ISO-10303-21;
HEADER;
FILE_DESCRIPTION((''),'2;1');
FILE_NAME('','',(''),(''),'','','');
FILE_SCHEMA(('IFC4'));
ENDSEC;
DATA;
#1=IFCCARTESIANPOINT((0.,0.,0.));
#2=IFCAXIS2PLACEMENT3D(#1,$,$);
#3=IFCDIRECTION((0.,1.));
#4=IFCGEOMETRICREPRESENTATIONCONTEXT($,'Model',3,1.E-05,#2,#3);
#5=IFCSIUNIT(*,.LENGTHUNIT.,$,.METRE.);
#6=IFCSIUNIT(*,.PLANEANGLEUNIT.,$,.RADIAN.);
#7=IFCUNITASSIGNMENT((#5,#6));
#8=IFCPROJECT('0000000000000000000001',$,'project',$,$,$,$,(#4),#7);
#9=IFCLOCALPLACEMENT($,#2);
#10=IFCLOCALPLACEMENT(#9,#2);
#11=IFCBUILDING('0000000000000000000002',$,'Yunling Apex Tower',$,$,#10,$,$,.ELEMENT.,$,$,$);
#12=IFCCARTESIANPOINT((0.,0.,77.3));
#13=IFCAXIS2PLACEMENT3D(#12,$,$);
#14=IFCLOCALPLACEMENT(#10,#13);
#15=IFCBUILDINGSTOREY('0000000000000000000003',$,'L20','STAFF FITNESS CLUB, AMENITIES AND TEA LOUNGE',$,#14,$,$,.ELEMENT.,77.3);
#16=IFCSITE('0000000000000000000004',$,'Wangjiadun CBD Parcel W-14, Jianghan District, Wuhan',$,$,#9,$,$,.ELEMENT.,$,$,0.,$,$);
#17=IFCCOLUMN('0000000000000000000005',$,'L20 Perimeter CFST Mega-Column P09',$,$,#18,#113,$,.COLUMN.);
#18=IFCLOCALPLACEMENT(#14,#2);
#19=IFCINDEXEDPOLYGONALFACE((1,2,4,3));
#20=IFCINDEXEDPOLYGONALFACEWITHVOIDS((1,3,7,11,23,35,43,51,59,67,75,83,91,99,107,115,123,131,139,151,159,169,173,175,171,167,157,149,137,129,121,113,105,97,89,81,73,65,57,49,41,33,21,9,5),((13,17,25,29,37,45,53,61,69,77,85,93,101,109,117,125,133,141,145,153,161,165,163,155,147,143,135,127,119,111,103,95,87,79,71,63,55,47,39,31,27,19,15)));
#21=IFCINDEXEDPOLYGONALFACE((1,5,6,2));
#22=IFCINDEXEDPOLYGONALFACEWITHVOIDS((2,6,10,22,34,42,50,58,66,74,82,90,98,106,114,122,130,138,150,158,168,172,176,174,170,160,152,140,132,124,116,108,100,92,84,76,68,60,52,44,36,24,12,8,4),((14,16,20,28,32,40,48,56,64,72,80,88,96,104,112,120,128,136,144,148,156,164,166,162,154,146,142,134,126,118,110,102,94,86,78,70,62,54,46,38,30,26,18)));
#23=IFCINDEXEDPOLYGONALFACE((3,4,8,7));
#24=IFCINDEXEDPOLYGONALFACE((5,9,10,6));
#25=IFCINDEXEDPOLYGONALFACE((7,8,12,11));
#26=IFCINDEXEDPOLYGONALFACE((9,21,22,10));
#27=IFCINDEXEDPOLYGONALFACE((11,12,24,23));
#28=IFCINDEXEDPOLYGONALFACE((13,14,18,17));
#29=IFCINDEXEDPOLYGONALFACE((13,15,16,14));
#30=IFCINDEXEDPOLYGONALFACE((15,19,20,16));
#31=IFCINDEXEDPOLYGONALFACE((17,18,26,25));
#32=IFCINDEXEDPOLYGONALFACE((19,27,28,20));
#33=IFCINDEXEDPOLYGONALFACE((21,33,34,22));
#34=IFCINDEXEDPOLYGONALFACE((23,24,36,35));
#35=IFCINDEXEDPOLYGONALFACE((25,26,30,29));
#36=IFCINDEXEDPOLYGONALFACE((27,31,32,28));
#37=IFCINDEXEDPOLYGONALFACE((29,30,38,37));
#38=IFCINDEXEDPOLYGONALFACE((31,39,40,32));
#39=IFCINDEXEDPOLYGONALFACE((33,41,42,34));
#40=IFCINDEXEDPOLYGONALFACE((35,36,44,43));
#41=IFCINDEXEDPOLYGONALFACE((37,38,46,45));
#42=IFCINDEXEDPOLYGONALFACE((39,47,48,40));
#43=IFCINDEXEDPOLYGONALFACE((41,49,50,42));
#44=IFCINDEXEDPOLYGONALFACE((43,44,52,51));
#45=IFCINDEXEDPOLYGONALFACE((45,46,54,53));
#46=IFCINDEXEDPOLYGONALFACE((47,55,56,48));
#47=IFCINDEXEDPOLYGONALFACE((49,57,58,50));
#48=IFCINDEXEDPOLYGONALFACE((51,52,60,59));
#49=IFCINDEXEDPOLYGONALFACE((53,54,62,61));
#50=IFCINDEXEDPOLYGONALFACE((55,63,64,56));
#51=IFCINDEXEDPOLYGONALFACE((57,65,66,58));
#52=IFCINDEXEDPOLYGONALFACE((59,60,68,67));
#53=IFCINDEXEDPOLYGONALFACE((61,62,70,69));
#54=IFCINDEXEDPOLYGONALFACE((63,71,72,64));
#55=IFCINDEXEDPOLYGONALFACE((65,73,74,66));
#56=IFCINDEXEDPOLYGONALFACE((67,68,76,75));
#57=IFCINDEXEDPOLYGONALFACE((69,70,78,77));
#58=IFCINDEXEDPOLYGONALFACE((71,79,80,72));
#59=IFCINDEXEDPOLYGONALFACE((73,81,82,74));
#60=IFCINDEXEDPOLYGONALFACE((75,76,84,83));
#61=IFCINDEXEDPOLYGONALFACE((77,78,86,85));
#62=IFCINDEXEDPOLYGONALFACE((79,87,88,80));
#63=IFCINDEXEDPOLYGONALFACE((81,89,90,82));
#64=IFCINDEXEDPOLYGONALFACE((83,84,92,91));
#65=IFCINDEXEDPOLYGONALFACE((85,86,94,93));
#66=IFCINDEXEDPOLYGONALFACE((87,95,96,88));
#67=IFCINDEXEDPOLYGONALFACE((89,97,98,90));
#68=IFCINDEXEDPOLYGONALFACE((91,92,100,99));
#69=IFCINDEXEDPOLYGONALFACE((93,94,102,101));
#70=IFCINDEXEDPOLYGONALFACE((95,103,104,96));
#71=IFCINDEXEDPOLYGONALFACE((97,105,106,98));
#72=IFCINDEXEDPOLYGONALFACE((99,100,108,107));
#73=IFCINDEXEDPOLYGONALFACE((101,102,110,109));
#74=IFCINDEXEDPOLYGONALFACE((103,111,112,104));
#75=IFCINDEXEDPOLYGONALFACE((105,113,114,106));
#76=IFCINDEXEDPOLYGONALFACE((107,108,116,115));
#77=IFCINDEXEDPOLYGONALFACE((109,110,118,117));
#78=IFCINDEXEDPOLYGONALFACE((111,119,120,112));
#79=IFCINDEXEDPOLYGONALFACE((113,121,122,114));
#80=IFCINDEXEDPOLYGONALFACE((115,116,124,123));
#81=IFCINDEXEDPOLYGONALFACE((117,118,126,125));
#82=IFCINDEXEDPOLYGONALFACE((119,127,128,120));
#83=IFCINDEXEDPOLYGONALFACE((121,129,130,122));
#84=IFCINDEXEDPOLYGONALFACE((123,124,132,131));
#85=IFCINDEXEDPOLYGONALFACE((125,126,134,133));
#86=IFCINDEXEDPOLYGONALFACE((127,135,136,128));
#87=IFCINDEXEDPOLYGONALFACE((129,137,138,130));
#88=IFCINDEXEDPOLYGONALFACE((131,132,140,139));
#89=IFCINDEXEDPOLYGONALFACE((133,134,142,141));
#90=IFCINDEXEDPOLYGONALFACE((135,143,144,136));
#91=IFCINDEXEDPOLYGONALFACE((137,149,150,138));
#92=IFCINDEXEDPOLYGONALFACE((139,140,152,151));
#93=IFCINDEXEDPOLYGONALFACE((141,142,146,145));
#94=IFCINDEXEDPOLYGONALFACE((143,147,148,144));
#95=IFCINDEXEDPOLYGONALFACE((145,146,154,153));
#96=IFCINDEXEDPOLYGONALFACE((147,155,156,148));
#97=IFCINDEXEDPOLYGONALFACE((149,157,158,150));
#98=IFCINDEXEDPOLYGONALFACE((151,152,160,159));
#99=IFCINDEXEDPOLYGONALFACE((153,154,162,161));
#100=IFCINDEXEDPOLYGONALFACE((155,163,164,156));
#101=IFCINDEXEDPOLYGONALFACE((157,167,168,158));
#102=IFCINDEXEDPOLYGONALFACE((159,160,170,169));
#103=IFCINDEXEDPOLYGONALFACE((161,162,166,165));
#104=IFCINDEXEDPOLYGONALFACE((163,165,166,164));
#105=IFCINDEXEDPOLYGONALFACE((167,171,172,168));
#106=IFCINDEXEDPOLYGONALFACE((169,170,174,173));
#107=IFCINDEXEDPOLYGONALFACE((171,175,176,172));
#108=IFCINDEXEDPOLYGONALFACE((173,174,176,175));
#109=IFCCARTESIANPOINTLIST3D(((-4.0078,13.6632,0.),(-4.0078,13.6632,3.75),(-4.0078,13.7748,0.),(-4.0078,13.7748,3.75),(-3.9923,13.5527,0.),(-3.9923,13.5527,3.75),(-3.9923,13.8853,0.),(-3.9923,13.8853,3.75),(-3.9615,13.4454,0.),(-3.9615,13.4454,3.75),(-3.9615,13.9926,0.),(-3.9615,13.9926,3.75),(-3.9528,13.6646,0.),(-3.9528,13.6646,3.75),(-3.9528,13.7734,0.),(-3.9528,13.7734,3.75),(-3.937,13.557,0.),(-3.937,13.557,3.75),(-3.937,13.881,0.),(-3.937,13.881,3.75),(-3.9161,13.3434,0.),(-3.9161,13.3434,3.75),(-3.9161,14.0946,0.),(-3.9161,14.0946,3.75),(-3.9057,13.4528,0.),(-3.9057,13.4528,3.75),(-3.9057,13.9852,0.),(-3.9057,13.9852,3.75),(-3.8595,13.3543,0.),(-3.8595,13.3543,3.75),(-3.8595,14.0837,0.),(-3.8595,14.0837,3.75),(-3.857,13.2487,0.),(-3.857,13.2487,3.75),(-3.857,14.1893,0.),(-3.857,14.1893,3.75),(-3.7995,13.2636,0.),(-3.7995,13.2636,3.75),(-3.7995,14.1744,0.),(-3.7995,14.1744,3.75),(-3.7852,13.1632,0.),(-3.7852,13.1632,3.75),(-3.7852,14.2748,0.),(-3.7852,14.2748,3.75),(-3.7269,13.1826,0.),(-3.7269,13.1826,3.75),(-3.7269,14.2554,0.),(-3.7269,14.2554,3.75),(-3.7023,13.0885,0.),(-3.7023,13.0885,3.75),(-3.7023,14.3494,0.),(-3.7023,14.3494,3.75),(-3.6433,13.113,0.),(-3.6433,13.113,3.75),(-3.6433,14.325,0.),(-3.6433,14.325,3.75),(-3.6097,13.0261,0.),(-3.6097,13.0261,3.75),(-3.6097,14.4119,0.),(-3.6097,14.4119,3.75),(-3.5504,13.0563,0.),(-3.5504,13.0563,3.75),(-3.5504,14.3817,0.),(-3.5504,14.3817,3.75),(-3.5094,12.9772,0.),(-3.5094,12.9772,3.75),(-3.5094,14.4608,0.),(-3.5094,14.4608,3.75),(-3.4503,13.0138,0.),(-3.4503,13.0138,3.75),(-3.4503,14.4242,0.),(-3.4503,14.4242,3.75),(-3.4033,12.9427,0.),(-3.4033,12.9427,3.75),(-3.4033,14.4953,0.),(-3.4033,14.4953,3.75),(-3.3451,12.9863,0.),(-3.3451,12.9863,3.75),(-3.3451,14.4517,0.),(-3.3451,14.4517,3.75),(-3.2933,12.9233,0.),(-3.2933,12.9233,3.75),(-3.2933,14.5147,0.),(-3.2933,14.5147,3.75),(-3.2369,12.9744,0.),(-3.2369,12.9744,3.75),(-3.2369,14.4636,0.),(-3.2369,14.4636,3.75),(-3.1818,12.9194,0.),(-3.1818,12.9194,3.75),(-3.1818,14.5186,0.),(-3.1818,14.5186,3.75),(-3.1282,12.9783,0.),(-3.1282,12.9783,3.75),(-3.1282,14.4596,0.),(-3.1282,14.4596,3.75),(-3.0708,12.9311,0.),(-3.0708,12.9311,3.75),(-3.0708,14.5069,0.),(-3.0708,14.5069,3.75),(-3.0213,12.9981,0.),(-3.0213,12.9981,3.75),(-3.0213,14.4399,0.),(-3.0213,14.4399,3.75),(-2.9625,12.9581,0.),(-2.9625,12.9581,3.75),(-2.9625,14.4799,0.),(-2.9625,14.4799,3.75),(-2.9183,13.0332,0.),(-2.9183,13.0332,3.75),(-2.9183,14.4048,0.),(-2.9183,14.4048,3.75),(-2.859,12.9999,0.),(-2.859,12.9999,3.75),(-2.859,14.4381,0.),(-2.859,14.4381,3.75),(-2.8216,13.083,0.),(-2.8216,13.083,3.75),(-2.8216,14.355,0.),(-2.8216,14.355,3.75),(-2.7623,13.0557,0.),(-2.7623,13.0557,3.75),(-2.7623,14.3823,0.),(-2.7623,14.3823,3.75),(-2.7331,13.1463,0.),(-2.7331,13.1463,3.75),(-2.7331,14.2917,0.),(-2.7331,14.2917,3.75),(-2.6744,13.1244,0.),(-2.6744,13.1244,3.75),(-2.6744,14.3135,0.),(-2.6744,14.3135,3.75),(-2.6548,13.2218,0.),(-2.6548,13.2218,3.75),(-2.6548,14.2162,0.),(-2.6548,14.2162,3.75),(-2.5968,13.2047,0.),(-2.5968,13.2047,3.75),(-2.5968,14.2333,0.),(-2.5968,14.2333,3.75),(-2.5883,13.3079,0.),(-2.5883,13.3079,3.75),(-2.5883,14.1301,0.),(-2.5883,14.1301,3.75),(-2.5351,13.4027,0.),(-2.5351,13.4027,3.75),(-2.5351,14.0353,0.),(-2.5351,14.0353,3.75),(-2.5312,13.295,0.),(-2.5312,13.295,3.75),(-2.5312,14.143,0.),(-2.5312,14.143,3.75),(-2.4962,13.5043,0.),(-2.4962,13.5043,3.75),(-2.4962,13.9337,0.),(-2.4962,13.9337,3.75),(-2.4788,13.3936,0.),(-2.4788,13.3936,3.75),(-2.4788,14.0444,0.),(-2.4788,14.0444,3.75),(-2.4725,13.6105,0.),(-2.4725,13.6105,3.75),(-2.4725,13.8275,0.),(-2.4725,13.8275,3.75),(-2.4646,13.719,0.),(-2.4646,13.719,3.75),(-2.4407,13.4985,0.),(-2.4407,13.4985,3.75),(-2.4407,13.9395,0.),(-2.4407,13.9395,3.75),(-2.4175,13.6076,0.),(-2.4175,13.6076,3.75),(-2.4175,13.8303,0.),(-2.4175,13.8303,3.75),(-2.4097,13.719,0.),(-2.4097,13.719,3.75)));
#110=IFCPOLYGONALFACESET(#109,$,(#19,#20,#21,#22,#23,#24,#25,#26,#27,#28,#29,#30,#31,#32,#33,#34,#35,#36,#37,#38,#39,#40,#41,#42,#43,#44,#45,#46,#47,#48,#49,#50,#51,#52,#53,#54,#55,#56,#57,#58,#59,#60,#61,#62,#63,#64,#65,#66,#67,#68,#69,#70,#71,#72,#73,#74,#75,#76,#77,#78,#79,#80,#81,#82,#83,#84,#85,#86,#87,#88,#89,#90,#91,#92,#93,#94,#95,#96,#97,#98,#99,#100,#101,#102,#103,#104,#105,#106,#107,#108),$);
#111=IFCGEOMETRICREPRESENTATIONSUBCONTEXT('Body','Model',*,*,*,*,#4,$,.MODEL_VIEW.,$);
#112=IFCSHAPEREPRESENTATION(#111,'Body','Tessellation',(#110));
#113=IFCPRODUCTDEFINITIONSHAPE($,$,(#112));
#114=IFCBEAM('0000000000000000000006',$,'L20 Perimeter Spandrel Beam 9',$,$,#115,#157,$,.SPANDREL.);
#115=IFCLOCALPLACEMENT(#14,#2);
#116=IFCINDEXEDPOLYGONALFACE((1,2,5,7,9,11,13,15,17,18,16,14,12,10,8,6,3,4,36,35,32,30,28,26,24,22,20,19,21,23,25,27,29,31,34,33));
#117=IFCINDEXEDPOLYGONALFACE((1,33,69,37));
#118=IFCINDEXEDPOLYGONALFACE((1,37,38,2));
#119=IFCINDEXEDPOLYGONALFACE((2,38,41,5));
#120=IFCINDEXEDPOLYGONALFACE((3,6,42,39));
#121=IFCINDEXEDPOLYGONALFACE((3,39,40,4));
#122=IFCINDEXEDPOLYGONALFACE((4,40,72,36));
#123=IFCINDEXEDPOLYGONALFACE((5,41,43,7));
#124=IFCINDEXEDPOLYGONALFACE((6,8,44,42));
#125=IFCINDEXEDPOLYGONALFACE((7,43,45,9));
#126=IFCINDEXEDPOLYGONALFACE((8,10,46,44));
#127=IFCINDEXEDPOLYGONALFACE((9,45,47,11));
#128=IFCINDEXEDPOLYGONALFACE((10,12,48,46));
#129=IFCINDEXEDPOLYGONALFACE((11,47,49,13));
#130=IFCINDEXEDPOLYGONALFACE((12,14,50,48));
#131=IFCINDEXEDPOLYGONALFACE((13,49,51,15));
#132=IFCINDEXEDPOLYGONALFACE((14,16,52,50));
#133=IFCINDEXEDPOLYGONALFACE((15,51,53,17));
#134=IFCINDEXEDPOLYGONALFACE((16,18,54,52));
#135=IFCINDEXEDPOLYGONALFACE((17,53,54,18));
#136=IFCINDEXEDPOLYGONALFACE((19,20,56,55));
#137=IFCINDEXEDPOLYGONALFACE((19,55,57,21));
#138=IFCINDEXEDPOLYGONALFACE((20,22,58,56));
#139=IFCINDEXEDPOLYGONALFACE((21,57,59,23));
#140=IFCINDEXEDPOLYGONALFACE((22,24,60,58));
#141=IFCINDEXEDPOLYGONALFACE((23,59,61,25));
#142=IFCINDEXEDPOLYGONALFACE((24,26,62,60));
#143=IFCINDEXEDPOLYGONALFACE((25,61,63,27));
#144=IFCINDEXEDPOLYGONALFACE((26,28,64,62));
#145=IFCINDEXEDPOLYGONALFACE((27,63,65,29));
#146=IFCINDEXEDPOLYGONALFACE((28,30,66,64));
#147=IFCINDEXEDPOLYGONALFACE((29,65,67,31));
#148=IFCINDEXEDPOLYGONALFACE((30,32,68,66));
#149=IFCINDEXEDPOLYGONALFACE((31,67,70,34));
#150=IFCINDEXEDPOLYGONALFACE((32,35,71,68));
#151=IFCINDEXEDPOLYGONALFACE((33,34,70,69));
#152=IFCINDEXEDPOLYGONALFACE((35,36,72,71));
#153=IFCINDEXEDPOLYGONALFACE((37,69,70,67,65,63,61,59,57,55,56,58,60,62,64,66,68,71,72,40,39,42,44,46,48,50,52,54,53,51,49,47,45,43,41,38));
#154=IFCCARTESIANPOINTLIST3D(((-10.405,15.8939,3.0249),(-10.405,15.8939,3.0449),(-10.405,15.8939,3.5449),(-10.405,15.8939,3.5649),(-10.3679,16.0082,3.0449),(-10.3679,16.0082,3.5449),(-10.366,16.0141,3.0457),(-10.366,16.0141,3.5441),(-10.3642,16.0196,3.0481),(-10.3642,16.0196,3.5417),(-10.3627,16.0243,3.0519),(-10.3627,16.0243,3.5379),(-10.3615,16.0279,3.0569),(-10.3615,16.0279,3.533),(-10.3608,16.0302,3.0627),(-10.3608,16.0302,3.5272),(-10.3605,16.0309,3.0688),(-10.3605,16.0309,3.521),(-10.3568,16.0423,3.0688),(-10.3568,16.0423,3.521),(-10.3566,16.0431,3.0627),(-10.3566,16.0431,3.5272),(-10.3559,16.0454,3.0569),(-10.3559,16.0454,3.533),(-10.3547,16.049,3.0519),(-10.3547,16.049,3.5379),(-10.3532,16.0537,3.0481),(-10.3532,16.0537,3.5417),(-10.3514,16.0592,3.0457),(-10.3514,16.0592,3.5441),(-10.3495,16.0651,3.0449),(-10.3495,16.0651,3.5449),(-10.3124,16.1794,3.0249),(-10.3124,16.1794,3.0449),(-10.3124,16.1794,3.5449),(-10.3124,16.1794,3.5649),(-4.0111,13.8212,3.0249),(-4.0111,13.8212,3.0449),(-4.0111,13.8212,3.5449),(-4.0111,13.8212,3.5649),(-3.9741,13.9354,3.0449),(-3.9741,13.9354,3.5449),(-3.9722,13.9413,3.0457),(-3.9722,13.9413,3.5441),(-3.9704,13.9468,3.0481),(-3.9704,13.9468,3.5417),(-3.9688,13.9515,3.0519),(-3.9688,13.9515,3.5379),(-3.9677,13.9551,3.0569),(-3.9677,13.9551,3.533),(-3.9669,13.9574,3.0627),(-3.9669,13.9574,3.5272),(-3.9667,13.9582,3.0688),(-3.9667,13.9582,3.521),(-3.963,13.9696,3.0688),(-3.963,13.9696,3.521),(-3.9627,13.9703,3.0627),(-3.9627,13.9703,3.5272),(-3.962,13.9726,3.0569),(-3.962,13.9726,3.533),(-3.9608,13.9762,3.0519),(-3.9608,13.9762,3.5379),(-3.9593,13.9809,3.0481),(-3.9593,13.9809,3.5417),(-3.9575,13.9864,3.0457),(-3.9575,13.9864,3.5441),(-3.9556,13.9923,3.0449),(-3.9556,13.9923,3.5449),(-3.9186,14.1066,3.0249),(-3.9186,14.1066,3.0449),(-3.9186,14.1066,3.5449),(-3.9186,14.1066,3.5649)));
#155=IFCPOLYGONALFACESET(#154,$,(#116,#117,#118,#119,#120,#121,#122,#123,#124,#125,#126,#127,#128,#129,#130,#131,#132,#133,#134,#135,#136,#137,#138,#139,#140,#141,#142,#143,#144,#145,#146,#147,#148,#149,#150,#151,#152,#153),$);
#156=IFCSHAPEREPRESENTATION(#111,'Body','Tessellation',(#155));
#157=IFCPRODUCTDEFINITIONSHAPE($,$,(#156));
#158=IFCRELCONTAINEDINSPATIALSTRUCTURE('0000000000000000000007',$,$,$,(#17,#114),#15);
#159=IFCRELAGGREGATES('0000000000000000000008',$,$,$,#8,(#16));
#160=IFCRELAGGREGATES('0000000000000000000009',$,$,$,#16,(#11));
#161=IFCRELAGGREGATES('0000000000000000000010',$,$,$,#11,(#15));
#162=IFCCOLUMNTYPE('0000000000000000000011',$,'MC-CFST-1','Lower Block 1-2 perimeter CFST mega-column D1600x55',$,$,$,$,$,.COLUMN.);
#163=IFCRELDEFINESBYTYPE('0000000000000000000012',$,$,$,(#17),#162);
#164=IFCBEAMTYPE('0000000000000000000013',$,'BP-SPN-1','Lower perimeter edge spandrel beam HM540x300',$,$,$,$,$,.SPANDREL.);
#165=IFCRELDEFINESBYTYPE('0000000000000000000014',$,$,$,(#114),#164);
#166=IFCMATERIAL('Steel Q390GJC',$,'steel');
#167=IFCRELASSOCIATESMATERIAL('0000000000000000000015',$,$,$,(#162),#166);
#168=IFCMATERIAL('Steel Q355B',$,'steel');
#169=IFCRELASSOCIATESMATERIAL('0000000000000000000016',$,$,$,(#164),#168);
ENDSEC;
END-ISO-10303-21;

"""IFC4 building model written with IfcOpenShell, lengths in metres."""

from ifc_helpers import new_model, si_unit, direction, frame, origin, origin_2d, place, context, subcontext, project, spatial, hollow_circle, i_section, extrude, source, transform, mapped, material, material_profile, profile_set, type_object, element, save


model = new_model("IFC4")

# Units and contexts
model_context = context("Model", 3, precision=1e-05, world=origin(), true_north=direction((0.0, 1.0)))
body_context = subcontext(model_context, "Body", "Model", "MODEL_VIEW")
ifc_project = project(units=[si_unit("LENGTHUNIT", "METRE"), si_unit("PLANEANGLEUNIT", "RADIAN")], contexts=[model_context])

# Site, building, storey
site_placement = place(None, origin())
site = spatial("IfcSite", under=ifc_project, at=site_placement, Name="Wangjiadun CBD Parcel W-14, Jianghan District, Wuhan", CompositionType="ELEMENT", RefElevation=0.0)
building_placement = place(site_placement, origin())
building = spatial("IfcBuilding", under=site, at=building_placement, Name="Yunling Apex Tower", CompositionType="ELEMENT")
storey_placement = place(building_placement, frame((0.0, 0.0, 77.3)))
storey = spatial("IfcBuildingStorey", under=building, at=storey_placement, Name="L20", Description="STAFF FITNESS CLUB, AMENITIES AND TEA LOUNGE", CompositionType="ELEMENT", Elevation=77.3)

# Column
ifc_material_1 = material(Name="Steel Q390GJC", Category="steel")
ifc_material_profile_1 = material_profile(ifc_material_1, hollow_circle(Radius=0.8, WallThickness=0.0549, at=origin_2d()))
ifc_profile_set_1 = profile_set([ifc_material_profile_1], Name="Steel Q390GJC")
column_type = type_object("IfcColumnType", Name="MC-CFST-1", Description="Lower Block 1-2 perimeter CFST mega-column D1600x55", PredefinedType="COLUMN", material=ifc_profile_set_1)
shared_shape_1 = source(origin(), body_context, "Body", "SweptSolid", [
    extrude(hollow_circle(Radius=0.8, WallThickness=0.0549, at=origin_2d()), origin(), (0.0, 0.0, 1.0), 3.75),
])
column_placement = place(storey_placement, frame((-3.2097, 13.719, 0.0), z_axis=(0.0, 0.0, 1.0), x_axis=(1.0, 0.0, 0.0)))
element("IfcColumn", 1, at=column_placement, inside=storey, type_object=column_type, Name="L20 Perimeter CFST Mega-Column P09", PredefinedType="COLUMN", context=body_context, shape_type="MappedRepresentation", body=[
    mapped(shared_shape_1, transform((0.0, 0.0, 0.0), scale=1.0)),
])

# Beam
ifc_material_2 = material(Name="Steel Q355B", Category="steel")
ifc_material_profile_2 = material_profile(ifc_material_2, i_section(OverallWidth=0.3, OverallDepth=0.54, WebThickness=0.012, FlangeThickness=0.02, FilletRadius=0.0239, at=origin_2d()))
ifc_profile_set_2 = profile_set([ifc_material_profile_2], Name="Steel Q355B")
beam_type_1 = type_object("IfcBeamType", Name="BP-SPN-1", Description="Lower perimeter edge spandrel beam HM540x300", PredefinedType="SPANDREL", material=ifc_profile_set_2)
shared_shape_2 = source(origin(), body_context, "Body", "SweptSolid", [
    extrude(i_section(OverallWidth=0.3, OverallDepth=0.54, WebThickness=0.012, FlangeThickness=0.02, FilletRadius=0.0239, at=origin_2d()), origin(), (0.0, 0.0, 1.0), 6.7214),
])
beam_1_placement = place(storey_placement, frame((-3.9648, 13.9639, 3.2949), z_axis=(-0.951263, 0.308382, 0.0), x_axis=(-0.308382, -0.951263, 0.0)))
element("IfcBeam", 2, at=beam_1_placement, inside=storey, type_object=beam_type_1, Name="L20 Perimeter Spandrel Beam 9", PredefinedType="SPANDREL", context=body_context, shape_type="MappedRepresentation", body=[
    mapped(shared_shape_2, transform((0.0, 0.0, 0.0), scale=1.0)),
])

save(model, "model.ifc")
